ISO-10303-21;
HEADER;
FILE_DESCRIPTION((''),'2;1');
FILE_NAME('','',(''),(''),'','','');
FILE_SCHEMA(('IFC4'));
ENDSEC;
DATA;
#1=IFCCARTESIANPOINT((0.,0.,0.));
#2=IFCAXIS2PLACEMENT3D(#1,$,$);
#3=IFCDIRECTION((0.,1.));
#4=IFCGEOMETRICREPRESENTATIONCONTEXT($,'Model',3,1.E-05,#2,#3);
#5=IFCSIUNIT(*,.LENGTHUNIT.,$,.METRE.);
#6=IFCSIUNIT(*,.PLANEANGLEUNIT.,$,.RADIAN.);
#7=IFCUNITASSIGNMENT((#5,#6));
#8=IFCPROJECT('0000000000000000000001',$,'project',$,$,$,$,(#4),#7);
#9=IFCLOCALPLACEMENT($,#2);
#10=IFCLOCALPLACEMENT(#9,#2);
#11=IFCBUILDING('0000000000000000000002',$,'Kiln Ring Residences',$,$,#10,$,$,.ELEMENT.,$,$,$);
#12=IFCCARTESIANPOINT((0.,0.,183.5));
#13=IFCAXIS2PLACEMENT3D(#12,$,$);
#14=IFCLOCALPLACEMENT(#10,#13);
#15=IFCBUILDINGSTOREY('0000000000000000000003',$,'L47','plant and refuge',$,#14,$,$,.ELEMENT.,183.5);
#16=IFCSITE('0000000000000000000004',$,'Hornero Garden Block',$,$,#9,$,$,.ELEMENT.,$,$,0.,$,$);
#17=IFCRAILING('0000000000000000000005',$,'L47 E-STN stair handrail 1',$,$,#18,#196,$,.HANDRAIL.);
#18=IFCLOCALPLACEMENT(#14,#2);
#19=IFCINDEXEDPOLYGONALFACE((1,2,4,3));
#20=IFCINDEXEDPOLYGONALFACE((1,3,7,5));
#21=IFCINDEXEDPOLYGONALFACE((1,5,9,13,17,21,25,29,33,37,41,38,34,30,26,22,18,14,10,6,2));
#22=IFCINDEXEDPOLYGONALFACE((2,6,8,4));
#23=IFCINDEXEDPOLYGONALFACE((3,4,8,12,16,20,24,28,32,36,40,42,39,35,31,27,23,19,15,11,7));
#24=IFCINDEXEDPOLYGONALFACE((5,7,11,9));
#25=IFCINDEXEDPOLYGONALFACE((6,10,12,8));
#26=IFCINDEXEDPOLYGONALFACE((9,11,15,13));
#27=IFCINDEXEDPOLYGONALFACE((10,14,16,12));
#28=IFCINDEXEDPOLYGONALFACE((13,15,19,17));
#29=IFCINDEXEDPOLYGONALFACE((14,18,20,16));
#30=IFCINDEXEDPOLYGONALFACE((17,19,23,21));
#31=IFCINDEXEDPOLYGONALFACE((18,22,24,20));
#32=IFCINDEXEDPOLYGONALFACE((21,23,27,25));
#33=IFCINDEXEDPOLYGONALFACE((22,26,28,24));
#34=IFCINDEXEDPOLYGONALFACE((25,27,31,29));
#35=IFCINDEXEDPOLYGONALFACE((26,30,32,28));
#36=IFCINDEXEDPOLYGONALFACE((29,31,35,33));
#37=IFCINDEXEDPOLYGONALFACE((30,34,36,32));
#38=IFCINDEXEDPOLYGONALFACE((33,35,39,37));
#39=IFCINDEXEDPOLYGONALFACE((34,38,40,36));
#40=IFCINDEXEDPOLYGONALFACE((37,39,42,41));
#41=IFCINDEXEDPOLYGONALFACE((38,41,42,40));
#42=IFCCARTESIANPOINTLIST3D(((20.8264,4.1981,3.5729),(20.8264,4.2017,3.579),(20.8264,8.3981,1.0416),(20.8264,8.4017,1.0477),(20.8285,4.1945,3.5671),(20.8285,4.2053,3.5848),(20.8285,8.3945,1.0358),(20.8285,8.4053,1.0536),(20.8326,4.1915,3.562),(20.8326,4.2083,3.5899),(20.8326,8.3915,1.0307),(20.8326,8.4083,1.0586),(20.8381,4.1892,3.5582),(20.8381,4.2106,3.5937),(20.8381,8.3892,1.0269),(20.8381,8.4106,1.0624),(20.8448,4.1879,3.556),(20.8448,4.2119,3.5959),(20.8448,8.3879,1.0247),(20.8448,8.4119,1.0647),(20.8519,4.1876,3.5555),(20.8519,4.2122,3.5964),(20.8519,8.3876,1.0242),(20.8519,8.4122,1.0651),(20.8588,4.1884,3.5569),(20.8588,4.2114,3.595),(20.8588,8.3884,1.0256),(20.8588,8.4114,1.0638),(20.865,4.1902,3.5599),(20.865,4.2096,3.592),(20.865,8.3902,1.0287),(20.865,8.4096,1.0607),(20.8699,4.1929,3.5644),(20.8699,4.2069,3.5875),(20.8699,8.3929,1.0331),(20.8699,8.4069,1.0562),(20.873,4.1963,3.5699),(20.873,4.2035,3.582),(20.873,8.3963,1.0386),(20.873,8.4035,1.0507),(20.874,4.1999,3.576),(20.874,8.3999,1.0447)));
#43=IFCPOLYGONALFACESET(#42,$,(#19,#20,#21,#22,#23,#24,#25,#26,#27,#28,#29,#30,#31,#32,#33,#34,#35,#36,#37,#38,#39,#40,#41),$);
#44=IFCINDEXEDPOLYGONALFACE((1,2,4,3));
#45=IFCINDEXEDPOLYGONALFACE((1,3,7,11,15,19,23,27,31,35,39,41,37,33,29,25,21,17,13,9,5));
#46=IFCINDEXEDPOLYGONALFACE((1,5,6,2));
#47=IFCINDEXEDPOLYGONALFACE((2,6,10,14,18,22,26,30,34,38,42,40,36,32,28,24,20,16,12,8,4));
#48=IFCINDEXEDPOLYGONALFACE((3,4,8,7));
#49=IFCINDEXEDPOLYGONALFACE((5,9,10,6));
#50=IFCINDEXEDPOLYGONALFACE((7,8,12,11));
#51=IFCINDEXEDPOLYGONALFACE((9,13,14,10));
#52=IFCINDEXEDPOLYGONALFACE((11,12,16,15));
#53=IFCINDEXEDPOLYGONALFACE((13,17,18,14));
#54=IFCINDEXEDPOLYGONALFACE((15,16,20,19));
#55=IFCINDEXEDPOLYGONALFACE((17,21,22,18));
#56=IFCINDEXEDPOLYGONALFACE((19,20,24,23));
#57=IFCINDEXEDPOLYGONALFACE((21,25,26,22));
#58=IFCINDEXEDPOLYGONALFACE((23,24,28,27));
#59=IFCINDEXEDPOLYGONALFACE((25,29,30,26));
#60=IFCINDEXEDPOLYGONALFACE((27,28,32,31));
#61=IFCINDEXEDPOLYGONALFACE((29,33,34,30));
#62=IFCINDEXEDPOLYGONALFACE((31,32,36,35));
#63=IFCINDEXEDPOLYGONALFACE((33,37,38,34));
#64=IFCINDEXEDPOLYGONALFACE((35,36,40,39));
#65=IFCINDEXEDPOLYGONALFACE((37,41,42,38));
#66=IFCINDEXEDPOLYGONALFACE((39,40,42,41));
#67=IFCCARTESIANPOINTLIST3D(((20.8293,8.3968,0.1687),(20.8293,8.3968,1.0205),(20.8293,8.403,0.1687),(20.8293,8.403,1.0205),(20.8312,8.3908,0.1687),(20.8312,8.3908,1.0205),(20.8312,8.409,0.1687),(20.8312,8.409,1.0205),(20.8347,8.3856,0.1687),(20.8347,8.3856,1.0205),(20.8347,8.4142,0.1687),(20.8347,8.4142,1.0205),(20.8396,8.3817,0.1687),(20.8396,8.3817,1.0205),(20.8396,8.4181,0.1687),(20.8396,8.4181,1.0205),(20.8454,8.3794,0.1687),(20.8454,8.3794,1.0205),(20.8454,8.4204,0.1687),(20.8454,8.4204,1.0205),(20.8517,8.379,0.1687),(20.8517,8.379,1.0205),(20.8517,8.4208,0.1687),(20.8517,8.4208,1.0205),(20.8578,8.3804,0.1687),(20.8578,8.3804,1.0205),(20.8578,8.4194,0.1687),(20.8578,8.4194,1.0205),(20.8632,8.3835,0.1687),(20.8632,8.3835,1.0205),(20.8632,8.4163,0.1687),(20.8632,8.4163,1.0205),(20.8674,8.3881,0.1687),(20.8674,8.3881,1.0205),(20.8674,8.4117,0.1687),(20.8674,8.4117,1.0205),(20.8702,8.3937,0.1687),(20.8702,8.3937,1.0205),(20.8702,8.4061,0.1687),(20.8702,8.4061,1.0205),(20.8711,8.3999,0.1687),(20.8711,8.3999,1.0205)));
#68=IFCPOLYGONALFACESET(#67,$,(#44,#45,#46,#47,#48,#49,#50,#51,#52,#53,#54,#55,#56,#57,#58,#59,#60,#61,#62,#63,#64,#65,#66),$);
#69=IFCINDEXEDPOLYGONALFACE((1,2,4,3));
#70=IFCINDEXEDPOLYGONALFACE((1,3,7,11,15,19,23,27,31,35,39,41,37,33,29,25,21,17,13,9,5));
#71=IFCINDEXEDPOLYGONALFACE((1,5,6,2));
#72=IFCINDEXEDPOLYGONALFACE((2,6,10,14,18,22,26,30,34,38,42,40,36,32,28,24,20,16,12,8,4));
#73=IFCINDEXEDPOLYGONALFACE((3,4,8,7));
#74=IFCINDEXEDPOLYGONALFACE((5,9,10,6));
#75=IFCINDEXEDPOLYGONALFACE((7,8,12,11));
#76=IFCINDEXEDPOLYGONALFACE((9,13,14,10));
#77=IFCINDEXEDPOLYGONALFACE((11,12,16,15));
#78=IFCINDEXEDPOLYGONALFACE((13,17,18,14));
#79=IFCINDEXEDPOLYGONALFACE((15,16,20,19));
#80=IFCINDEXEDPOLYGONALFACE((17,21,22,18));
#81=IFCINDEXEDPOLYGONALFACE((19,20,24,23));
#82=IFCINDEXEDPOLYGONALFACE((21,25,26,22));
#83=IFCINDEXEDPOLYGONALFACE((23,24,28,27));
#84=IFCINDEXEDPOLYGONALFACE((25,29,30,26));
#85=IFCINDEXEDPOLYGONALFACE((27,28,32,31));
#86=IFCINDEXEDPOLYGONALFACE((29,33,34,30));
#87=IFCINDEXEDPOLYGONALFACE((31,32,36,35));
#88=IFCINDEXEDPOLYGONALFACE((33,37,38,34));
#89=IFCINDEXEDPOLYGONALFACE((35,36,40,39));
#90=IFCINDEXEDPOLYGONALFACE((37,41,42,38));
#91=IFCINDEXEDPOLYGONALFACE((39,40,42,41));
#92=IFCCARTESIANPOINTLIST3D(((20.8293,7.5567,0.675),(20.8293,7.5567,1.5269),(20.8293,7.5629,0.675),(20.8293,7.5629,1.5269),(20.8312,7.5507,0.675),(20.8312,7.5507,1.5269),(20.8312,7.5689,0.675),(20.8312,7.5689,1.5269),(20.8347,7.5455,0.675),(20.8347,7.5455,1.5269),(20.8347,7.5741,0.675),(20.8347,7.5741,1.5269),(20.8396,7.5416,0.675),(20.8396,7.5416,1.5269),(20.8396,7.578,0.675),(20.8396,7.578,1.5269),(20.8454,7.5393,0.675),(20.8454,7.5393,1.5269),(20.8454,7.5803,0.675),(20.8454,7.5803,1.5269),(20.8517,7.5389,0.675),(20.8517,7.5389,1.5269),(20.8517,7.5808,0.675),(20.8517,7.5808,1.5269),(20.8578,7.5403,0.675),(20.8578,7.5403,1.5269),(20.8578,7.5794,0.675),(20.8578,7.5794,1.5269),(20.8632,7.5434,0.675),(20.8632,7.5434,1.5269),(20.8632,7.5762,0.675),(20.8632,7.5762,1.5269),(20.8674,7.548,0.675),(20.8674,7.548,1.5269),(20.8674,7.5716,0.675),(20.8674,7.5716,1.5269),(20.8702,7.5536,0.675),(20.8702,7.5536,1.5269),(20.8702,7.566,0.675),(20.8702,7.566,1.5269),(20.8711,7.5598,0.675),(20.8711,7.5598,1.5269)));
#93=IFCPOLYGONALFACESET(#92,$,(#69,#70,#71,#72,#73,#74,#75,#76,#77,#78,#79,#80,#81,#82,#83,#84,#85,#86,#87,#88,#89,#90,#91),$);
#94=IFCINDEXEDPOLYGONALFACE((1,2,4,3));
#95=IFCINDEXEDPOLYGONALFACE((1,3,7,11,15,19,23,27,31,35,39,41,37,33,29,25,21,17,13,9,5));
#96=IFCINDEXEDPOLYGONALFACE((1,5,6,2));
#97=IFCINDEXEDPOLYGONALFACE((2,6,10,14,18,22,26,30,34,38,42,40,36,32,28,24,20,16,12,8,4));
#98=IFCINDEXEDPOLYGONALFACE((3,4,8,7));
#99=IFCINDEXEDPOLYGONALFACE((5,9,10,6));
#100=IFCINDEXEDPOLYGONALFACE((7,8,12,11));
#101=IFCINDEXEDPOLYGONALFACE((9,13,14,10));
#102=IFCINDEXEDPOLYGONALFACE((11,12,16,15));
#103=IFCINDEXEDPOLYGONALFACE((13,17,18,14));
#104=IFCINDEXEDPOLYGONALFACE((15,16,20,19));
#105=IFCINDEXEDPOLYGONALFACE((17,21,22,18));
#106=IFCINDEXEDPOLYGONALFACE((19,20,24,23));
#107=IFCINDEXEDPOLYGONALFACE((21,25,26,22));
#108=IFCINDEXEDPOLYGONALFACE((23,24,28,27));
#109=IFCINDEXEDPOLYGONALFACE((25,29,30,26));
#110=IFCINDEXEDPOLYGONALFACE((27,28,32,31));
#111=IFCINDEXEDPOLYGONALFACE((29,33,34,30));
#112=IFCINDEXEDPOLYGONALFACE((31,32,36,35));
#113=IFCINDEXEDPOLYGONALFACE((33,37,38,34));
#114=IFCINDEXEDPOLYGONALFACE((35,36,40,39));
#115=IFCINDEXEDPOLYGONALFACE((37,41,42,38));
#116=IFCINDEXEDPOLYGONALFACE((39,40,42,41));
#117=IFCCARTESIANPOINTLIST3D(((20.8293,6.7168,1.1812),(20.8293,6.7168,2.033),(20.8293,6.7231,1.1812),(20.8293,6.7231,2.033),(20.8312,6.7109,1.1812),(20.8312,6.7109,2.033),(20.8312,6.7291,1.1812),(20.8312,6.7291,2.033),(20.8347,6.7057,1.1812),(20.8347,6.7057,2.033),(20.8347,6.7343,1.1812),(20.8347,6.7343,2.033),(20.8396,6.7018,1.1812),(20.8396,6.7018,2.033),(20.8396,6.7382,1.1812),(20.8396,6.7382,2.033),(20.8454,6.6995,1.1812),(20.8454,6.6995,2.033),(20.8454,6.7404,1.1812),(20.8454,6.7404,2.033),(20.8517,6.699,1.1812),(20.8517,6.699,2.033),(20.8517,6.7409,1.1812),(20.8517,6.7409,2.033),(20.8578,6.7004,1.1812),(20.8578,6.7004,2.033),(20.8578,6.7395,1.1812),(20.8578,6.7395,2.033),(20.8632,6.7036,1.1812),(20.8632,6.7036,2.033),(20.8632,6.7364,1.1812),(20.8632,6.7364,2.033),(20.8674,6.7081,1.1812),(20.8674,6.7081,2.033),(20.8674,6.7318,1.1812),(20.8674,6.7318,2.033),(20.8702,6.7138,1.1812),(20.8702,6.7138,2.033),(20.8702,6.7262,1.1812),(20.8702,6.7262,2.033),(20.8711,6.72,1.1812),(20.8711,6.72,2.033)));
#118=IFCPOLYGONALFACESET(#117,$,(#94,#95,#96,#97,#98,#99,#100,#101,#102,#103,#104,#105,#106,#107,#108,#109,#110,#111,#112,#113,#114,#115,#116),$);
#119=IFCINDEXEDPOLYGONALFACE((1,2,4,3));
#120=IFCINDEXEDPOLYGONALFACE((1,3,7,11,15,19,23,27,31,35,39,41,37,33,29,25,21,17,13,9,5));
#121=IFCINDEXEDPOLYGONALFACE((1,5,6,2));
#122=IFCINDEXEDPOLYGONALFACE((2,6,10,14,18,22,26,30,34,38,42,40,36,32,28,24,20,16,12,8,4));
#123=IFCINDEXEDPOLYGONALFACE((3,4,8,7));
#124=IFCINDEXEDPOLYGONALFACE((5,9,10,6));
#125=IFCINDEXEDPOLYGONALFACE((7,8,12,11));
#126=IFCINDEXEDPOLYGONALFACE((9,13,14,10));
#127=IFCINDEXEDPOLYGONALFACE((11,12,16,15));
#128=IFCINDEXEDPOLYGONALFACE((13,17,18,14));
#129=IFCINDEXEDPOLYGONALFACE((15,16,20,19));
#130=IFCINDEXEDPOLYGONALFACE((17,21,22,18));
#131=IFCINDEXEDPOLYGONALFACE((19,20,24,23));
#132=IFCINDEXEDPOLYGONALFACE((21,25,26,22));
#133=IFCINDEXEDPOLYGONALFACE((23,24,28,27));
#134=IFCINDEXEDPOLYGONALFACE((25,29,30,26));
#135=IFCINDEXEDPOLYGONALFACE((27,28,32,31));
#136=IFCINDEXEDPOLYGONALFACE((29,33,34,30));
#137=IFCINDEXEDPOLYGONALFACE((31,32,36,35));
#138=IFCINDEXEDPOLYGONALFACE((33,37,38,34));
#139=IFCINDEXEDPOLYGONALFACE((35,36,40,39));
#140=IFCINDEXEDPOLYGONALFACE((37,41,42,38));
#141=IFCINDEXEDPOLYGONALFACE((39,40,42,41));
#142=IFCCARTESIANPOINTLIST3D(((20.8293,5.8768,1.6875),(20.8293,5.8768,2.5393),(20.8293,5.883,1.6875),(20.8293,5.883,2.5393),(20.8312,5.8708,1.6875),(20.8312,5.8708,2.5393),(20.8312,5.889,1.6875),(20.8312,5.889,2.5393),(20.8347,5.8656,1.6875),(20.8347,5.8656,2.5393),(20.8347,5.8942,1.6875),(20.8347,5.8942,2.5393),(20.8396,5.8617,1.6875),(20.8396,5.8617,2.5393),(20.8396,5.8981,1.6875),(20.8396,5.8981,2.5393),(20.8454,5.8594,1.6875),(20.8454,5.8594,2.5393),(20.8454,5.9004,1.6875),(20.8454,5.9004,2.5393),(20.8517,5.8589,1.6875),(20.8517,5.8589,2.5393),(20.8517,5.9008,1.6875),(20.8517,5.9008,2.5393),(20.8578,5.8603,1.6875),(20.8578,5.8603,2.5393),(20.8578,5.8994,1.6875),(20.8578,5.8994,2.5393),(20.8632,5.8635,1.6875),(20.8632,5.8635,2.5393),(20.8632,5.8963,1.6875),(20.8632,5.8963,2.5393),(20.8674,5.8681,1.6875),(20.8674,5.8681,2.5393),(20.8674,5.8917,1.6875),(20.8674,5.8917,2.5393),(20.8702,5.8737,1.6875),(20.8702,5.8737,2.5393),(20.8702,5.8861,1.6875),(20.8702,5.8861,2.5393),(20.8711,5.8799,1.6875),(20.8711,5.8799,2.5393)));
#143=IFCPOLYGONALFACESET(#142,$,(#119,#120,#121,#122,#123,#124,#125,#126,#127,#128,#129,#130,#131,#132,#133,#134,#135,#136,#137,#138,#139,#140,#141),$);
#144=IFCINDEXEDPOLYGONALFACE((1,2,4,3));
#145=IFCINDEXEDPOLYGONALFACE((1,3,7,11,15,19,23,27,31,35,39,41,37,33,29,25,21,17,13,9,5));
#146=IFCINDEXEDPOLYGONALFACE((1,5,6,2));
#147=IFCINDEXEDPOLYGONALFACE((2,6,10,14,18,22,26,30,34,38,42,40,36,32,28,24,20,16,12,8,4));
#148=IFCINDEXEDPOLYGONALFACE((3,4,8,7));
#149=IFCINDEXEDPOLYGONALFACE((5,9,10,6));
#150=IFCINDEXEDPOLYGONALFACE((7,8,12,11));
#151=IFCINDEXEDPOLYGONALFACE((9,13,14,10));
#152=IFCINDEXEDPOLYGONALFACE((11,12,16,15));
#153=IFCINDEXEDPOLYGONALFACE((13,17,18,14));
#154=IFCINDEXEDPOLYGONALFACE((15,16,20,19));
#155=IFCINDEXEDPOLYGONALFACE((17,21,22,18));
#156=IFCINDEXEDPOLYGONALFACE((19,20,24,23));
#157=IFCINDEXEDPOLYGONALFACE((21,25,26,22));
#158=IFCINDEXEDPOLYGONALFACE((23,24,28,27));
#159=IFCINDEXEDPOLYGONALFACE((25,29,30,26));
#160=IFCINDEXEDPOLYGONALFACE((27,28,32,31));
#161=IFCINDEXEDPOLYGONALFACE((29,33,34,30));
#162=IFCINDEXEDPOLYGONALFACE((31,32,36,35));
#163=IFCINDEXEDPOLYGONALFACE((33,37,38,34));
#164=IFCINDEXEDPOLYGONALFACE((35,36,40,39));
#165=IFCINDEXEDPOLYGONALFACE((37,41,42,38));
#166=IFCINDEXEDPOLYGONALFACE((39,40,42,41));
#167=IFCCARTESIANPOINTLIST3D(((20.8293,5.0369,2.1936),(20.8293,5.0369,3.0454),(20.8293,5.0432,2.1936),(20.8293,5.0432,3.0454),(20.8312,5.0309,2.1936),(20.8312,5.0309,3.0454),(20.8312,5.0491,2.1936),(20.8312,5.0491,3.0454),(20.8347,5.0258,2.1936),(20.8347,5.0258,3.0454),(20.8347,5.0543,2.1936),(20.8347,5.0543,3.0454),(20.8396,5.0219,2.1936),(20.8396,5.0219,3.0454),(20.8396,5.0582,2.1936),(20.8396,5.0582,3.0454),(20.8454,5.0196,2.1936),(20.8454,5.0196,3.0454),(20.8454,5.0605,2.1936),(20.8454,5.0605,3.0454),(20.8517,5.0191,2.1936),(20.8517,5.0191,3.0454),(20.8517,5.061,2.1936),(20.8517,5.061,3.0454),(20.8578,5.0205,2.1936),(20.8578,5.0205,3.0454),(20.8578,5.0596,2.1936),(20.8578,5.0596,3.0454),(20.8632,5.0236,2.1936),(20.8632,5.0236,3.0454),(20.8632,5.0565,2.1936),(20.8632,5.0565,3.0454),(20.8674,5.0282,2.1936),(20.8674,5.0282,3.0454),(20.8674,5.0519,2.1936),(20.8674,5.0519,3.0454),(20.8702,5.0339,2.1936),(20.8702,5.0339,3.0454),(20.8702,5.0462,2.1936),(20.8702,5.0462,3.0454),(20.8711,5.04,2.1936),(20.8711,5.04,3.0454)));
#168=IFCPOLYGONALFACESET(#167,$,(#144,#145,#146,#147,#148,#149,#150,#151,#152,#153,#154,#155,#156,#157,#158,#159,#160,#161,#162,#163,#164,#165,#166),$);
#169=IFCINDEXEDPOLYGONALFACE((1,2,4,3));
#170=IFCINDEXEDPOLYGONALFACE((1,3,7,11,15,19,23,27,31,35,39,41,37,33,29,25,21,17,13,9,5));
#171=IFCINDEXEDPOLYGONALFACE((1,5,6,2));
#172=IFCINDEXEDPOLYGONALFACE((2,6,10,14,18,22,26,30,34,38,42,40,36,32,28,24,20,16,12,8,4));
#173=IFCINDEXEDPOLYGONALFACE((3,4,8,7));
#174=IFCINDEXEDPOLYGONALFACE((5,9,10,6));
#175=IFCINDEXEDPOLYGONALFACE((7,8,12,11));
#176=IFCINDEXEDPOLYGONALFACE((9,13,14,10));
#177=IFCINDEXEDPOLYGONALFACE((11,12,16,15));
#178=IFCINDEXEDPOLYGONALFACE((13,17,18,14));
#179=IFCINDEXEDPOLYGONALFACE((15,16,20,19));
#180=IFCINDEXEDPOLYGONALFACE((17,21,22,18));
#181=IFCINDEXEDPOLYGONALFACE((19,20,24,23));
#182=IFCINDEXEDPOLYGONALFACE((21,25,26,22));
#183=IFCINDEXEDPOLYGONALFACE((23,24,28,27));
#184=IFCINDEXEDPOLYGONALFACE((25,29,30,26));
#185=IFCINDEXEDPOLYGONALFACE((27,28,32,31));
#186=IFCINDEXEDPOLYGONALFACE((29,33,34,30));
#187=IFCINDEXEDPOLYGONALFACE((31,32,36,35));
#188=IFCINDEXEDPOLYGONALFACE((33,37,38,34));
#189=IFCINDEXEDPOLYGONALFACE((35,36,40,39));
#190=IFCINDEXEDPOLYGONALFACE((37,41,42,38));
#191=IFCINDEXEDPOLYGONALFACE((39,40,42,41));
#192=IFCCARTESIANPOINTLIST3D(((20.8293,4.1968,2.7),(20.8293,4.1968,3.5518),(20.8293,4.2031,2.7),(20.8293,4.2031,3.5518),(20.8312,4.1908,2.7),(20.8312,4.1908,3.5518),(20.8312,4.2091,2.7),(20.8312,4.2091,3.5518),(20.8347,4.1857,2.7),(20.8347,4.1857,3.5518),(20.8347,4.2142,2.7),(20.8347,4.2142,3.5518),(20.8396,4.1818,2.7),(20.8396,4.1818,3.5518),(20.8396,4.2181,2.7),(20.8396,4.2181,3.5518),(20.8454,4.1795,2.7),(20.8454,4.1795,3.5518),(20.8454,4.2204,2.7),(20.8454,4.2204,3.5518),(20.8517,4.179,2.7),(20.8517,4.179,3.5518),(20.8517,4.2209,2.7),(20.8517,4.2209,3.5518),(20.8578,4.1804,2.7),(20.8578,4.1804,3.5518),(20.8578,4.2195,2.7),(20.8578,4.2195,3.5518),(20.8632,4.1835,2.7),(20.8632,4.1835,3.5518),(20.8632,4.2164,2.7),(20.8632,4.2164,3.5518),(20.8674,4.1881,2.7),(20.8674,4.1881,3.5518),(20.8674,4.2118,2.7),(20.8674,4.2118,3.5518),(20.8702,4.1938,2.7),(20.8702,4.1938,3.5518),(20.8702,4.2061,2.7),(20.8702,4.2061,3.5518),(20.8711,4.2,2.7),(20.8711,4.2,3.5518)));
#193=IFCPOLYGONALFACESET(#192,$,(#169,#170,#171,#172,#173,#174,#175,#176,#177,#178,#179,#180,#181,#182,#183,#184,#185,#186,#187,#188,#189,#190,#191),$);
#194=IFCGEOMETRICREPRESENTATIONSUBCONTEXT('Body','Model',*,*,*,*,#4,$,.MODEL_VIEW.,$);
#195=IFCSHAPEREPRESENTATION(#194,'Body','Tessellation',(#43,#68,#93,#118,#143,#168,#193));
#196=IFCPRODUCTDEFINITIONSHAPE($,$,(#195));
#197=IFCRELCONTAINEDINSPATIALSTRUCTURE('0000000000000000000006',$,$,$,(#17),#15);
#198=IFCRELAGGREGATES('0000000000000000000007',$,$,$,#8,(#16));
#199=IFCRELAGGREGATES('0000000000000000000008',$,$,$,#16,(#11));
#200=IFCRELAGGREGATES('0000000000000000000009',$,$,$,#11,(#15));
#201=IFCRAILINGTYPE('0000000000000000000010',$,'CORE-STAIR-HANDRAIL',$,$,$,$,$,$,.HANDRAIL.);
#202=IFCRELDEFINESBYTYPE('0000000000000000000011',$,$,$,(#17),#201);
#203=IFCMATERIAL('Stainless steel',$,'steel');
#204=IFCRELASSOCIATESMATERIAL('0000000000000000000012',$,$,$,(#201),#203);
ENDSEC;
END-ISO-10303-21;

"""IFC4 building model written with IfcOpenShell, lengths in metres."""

from ifc_helpers import new_model, si_unit, direction, frame, origin, origin_2d, place, context, subcontext, project, spatial, circle, extrude, material, type_object, element, save


model = new_model("IFC4")

# Units and contexts
model_context = context("Model", 3, precision=1e-05, world=origin(), true_north=direction((0.0, 1.0)))
body_context = subcontext(model_context, "Body", "Model", "MODEL_VIEW")
ifc_project = project(units=[si_unit("LENGTHUNIT", "METRE"), si_unit("PLANEANGLEUNIT", "RADIAN")], contexts=[model_context])

# Site, building, storey
site_placement = place(None, origin())
site = spatial("IfcSite", under=ifc_project, at=site_placement, Name="Hornero Garden Block", CompositionType="ELEMENT", RefElevation=0.0)
building_placement = place(site_placement, origin())
building = spatial("IfcBuilding", under=site, at=building_placement, Name="Kiln Ring Residences", CompositionType="ELEMENT")
storey_placement = place(building_placement, frame((0.0, 0.0, 183.5)))
storey = spatial("IfcBuildingStorey", under=building, at=storey_placement, Name="L47", Description="plant and refuge", CompositionType="ELEMENT", Elevation=183.5)

# Railing
ifc_material_1 = material(Name="Stainless steel", Category="steel")
railing_type_1 = type_object("IfcRailingType", Name="CORE-STAIR-HANDRAIL", PredefinedType="HANDRAIL", material=ifc_material_1)
railing_1_placement = place(storey_placement, frame((20.8501, 8.3999, 0.1687)))
element("IfcRailing", 1, at=railing_1_placement, inside=storey, type_object=railing_type_1, Name="L47 E-STN stair handrail 1", PredefinedType="HANDRAIL", context=body_context, shape_type="SweptSolid", body=[
    extrude(circle(Radius=0.0239, at=origin_2d()), frame((0.0, 0.0, 0.876), z_axis=(0.0, -0.856476, 0.516186), x_axis=(1.0, 0.0, 0.0)), (0.0, 0.0, 1.0), 4.9038),
    extrude(circle(Radius=0.021, at=origin_2d()), origin(), (0.0, 0.0, 1.0), 0.8518),
    extrude(circle(Radius=0.021, at=origin_2d()), frame((0.0, -0.8401, 0.5063)), (0.0, 0.0, 1.0), 0.8518),
    extrude(circle(Radius=0.021, at=origin_2d()), frame((0.0, -1.6799, 1.0125)), (0.0, 0.0, 1.0), 0.8518),
    extrude(circle(Radius=0.021, at=origin_2d()), frame((0.0, -2.52, 1.5188)), (0.0, 0.0, 1.0), 0.8518),
    extrude(circle(Radius=0.021, at=origin_2d()), frame((0.0, -3.3599, 2.0249)), (0.0, 0.0, 1.0), 0.8518),
    extrude(circle(Radius=0.021, at=origin_2d()), frame((0.0, -4.2, 2.5312)), (0.0, 0.0, 1.0), 0.8518),
])

save(model, "model.ifc")
